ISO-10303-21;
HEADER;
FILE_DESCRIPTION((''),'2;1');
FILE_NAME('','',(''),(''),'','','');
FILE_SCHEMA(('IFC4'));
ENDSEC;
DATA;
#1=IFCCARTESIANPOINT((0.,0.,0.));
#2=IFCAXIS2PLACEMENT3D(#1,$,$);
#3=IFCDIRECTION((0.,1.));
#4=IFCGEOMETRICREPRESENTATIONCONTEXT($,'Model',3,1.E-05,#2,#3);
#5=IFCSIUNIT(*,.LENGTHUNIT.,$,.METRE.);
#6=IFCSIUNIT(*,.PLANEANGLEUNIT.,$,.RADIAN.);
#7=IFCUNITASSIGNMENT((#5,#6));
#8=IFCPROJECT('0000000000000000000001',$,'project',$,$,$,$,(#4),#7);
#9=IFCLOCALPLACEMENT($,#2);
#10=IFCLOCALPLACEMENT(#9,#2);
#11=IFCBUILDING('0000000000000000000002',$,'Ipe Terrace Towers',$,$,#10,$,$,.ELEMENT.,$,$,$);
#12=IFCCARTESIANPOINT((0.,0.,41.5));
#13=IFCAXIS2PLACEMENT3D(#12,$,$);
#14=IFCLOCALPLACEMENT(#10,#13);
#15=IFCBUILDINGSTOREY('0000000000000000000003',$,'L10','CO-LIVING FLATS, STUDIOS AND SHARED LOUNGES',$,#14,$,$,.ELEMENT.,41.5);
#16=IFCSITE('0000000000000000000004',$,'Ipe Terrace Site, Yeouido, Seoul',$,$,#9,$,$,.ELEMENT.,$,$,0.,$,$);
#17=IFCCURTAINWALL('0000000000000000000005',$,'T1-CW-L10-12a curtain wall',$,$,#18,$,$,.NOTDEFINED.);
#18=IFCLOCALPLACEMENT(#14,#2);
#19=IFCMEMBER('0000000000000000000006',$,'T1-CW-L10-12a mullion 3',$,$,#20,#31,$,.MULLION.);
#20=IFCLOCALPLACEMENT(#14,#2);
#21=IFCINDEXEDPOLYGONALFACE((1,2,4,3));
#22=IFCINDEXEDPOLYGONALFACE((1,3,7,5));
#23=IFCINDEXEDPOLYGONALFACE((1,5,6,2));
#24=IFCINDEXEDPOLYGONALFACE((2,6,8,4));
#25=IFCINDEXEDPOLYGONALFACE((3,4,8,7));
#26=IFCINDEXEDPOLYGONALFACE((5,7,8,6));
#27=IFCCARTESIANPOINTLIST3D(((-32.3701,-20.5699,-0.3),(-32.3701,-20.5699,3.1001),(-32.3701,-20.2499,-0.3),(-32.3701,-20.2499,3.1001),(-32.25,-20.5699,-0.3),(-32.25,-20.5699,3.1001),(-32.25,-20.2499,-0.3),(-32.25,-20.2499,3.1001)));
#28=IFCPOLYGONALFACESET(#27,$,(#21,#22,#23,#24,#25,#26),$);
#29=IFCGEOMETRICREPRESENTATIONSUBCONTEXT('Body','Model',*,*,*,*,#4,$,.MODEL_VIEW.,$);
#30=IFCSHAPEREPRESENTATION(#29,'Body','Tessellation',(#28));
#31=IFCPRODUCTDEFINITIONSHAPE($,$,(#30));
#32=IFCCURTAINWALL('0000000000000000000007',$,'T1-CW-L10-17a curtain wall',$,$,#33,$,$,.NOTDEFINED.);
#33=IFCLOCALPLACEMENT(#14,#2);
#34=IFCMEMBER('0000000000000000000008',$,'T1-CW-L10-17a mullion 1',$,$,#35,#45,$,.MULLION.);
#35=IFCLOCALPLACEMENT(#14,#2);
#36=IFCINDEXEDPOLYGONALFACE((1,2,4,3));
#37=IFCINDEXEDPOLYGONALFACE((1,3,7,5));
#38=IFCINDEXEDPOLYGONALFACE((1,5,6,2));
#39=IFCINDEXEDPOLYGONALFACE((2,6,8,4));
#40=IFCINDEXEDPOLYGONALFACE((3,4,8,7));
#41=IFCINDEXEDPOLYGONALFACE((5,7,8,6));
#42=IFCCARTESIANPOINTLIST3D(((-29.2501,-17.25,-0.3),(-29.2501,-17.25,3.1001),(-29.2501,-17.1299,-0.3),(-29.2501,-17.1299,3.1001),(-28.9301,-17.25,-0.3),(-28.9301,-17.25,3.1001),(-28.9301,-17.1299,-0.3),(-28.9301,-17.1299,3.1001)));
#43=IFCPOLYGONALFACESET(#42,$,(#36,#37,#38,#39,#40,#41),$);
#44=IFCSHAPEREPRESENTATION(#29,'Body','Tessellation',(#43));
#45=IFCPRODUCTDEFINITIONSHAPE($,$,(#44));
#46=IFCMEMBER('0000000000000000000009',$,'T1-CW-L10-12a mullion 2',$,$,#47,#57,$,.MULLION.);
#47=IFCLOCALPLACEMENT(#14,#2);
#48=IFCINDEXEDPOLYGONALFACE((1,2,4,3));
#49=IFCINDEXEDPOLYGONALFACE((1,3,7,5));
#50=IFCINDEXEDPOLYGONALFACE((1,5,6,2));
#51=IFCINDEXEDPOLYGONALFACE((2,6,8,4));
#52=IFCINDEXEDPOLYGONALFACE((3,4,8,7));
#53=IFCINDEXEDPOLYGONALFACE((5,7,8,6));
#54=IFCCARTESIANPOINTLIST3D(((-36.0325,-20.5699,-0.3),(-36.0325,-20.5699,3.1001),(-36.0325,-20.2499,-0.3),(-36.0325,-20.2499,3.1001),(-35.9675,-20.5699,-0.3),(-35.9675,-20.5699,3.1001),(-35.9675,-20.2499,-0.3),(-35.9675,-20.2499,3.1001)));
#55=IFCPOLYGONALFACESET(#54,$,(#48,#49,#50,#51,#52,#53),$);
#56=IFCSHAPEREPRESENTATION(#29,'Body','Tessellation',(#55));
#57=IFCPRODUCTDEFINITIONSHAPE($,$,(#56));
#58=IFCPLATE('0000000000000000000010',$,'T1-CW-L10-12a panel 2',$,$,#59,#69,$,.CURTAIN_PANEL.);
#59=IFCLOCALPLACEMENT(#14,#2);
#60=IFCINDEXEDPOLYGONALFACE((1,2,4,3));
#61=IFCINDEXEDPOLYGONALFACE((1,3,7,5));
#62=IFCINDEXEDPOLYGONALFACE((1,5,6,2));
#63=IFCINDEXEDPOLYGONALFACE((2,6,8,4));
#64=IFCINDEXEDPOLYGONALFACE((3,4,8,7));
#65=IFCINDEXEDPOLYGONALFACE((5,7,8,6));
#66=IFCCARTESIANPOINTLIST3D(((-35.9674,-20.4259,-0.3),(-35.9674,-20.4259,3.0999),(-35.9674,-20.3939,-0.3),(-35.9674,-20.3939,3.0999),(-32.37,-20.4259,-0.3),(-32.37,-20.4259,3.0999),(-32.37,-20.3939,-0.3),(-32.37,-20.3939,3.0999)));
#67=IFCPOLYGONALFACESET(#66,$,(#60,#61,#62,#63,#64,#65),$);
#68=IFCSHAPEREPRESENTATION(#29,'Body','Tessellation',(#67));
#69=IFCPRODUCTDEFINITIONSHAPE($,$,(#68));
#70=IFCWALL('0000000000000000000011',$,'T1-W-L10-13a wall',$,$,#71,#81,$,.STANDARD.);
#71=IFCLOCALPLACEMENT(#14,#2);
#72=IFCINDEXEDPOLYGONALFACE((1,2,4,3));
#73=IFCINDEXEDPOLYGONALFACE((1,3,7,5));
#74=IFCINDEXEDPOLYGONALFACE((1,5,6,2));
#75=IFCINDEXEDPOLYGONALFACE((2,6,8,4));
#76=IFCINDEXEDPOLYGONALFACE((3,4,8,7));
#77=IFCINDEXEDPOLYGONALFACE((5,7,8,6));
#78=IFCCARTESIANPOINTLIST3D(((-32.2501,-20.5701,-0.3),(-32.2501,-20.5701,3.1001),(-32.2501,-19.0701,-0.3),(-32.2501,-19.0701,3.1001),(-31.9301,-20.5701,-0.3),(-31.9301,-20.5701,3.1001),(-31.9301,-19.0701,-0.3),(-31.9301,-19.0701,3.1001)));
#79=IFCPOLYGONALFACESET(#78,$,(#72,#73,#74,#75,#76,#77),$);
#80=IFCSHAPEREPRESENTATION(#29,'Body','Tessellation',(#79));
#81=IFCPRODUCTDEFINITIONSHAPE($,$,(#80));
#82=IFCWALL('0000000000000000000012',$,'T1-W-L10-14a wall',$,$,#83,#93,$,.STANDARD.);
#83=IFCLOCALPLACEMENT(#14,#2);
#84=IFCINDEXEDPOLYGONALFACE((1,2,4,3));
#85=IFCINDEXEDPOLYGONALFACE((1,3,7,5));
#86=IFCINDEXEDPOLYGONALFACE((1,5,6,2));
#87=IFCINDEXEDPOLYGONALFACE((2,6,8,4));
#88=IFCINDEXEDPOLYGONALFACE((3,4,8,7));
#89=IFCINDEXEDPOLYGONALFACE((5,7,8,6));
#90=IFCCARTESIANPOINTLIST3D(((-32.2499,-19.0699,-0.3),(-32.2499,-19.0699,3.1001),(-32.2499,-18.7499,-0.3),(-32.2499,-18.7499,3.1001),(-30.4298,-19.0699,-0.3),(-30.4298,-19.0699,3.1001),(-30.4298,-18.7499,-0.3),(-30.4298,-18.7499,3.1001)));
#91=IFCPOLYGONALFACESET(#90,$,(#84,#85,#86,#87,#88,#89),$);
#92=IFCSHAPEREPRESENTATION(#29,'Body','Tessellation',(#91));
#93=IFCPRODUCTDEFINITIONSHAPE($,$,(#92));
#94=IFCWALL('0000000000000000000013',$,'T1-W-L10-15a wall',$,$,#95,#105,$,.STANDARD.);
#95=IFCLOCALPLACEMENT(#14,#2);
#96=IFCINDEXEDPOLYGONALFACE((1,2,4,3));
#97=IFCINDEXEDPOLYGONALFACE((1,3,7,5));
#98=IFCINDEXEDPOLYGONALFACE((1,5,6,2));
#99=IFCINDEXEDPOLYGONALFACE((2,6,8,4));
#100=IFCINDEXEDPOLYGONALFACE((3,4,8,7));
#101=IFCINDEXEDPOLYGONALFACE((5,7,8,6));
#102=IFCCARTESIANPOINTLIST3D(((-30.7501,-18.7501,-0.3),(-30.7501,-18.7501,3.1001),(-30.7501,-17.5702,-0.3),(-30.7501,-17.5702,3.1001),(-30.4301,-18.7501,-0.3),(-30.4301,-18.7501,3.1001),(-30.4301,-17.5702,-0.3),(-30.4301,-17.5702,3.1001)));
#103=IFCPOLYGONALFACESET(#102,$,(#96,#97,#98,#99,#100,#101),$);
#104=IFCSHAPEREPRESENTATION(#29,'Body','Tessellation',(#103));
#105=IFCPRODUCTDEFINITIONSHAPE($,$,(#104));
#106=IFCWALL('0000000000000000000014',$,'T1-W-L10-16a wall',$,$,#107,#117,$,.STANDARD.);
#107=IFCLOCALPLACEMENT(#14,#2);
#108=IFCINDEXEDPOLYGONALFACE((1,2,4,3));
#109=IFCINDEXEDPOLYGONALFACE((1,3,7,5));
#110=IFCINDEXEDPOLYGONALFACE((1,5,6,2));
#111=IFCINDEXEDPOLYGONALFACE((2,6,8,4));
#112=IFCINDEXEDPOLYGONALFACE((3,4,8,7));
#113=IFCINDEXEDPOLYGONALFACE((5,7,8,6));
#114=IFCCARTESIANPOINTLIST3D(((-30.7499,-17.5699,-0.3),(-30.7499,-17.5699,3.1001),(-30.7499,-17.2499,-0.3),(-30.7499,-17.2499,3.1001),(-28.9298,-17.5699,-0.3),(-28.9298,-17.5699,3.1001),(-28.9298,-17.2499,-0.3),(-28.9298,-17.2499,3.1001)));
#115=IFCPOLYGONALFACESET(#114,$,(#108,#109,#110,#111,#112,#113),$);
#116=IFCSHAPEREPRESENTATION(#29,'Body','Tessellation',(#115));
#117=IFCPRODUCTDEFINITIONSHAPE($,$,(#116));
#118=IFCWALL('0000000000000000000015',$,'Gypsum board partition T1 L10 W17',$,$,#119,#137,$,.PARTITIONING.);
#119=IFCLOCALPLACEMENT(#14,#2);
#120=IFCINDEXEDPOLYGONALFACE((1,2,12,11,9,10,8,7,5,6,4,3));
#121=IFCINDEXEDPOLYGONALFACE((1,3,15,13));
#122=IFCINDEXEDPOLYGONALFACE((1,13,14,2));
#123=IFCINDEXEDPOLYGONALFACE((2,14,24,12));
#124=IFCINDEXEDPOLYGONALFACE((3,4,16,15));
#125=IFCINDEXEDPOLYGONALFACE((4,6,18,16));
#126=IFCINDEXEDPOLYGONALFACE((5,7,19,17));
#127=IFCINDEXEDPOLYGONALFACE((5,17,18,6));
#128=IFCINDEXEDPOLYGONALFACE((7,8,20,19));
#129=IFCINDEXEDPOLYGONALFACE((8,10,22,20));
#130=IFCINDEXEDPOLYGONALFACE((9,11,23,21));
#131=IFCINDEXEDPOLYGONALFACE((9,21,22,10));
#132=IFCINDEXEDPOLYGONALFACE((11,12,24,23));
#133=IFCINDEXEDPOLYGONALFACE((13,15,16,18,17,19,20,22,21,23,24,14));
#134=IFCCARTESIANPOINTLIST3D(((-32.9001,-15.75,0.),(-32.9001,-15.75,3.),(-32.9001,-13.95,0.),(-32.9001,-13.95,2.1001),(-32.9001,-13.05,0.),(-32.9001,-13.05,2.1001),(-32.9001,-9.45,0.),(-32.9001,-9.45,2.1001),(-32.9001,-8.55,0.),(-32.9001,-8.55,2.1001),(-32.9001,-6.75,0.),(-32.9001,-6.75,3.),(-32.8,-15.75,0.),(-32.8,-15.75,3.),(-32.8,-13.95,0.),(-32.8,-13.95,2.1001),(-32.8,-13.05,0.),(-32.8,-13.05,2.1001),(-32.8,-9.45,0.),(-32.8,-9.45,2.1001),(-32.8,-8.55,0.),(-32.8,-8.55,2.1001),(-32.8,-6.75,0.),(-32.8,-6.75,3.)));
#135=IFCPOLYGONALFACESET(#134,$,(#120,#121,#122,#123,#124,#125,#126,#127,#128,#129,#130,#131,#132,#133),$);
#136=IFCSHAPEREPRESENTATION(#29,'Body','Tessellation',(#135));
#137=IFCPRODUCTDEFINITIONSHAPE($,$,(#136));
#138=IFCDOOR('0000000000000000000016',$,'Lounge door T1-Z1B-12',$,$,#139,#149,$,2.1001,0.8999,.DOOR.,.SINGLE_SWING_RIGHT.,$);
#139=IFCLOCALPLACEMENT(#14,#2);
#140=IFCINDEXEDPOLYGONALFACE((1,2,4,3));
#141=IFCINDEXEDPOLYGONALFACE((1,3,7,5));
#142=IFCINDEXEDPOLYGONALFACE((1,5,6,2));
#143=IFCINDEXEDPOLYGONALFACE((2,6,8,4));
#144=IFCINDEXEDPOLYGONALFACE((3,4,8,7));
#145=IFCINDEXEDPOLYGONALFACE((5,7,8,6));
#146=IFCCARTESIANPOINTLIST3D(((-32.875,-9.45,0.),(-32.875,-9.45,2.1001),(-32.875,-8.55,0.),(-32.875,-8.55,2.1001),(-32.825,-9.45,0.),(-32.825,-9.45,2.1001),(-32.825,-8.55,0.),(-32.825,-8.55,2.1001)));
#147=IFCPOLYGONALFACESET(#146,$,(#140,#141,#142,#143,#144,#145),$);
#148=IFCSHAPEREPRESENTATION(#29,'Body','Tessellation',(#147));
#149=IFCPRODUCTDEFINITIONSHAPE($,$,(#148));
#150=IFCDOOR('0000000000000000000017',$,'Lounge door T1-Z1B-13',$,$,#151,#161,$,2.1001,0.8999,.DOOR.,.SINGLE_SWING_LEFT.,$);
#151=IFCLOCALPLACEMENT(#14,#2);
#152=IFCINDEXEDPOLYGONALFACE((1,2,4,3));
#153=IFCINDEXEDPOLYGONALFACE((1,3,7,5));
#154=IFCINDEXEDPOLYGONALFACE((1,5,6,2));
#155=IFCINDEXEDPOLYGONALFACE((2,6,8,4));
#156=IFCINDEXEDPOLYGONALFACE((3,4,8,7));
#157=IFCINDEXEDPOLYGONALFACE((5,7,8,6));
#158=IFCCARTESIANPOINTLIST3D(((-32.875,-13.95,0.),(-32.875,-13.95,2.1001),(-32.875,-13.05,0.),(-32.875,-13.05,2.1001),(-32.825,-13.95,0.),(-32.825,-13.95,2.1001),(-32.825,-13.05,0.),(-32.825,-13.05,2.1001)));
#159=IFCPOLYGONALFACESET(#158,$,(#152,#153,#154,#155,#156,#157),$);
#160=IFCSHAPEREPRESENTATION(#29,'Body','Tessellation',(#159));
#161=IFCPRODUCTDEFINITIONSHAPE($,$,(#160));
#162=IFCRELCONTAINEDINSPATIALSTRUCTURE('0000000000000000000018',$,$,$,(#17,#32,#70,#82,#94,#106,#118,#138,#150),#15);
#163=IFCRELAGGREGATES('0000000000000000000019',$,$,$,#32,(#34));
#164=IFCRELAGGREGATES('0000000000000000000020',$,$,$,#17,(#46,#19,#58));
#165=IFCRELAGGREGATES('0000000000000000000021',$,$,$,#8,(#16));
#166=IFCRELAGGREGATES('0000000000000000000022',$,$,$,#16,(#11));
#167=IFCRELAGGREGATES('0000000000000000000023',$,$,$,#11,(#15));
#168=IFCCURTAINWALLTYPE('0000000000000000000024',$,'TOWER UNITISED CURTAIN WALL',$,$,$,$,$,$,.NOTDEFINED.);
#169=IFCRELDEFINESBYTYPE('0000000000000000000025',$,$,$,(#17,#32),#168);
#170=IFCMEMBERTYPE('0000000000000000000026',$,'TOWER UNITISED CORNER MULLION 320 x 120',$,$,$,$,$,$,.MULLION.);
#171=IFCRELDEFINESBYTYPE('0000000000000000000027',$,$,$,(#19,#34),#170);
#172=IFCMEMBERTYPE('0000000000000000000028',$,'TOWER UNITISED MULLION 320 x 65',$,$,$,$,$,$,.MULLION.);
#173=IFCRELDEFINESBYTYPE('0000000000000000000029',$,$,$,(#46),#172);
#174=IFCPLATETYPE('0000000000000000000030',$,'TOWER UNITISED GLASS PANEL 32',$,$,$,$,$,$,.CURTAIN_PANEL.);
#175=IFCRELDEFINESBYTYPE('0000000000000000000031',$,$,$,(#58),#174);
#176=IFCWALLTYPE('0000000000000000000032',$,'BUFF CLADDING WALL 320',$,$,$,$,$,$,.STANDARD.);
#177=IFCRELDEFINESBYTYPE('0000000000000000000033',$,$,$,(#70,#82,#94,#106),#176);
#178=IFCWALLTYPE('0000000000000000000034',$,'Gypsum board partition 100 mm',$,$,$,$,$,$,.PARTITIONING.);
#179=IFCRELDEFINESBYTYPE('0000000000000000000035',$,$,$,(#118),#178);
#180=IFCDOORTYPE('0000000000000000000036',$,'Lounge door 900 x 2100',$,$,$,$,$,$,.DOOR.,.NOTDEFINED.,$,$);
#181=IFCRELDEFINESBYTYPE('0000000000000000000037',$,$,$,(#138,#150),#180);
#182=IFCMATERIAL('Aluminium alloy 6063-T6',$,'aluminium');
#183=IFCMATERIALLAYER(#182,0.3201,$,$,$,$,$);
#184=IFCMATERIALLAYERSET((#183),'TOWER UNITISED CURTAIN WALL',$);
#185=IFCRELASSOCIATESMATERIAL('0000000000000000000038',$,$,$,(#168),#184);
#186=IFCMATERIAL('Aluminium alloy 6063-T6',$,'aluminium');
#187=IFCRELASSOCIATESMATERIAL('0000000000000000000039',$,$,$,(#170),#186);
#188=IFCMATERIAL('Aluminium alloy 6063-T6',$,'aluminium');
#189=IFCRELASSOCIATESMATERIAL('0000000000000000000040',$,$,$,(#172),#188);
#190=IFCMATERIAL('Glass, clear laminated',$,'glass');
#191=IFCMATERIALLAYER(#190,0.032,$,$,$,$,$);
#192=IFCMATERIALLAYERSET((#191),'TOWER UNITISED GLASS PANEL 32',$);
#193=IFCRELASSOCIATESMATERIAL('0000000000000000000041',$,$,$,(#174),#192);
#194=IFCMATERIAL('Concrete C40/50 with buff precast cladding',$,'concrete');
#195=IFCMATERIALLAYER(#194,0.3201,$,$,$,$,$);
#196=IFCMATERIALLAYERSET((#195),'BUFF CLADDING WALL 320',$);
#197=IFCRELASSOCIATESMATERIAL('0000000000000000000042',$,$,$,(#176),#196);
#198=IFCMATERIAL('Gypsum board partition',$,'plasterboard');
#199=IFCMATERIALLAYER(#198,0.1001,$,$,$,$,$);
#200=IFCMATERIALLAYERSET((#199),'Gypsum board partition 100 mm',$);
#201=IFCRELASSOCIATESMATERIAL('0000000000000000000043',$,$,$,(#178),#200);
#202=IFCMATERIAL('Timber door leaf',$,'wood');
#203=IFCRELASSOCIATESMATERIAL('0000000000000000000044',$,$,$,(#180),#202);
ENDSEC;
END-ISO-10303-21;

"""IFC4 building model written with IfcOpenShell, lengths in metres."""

from ifc_helpers import new_model, si_unit, direction, frame, frame_2d, origin, origin_2d, place, context, subcontext, project, spatial, rectangle, extrude, material, layer, layer_set, material_profile, profile_set, type_object, element, fill, aggregate, save


model = new_model("IFC4")

# Units and contexts
model_context = context("Model", 3, precision=1e-05, world=origin(), true_north=direction((0.0, 1.0)))
body_context = subcontext(model_context, "Body", "Model", "MODEL_VIEW")
ifc_project = project(units=[si_unit("LENGTHUNIT", "METRE"), si_unit("PLANEANGLEUNIT", "RADIAN")], contexts=[model_context])

# Site, building, storey
site_placement = place(None, origin())
site = spatial("IfcSite", under=ifc_project, at=site_placement, Name="Ipe Terrace Site, Yeouido, Seoul", CompositionType="ELEMENT", RefElevation=0.0)
building_placement = place(site_placement, origin())
building = spatial("IfcBuilding", under=site, at=building_placement, Name="Ipe Terrace Towers", CompositionType="ELEMENT")
storey_placement = place(building_placement, frame((0.0, 0.0, 41.5)))
storey = spatial("IfcBuildingStorey", under=building, at=storey_placement, Name="L10", Description="CO-LIVING FLATS, STUDIOS AND SHARED LOUNGES", CompositionType="ELEMENT", Elevation=41.5)

# Curtain walls, members
ifc_material_1 = material(Name="Aluminium alloy 6063-T6", Category="aluminium")
ifc_layer_1 = layer(ifc_material_1, 0.3201)
ifc_layer_set_1 = layer_set([ifc_layer_1], Name="TOWER UNITISED CURTAIN WALL")
curtain_wall_type = type_object("IfcCurtainWallType", Name="TOWER UNITISED CURTAIN WALL", PredefinedType="NOTDEFINED", material=ifc_layer_set_1)
curtain_wall_1_placement = place(storey_placement, origin())
curtain_wall_1 = element("IfcCurtainWall", 1, at=curtain_wall_1_placement, inside=storey, type_object=curtain_wall_type, Name="T1-CW-L10-12a curtain wall", PredefinedType="NOTDEFINED")
ifc_material_2 = material(Name="Aluminium alloy 6063-T6", Category="aluminium")
ifc_material_profile_1 = material_profile(ifc_material_2, rectangle(XDim=0.3201, YDim=0.1201, at=origin_2d()), Name="TOWER UNITISED CORNER MULLION 320 x 120")
ifc_profile_set_1 = profile_set([ifc_material_profile_1], Name="Aluminium alloy 6063-T6")
member_type_1 = type_object("IfcMemberType", Name="TOWER UNITISED CORNER MULLION 320 x 120", PredefinedType="MULLION", material=ifc_profile_set_1)
member_1_placement = place(storey_placement, frame((-32.3101, -20.4099, -0.3), z_axis=(0.0, 0.0, 1.0), x_axis=(0.0, -1.0, 0.0)))
member_1 = element("IfcMember", 2, at=member_1_placement, type_object=member_type_1, Name="T1-CW-L10-12a mullion 3", PredefinedType="MULLION", context=body_context, shape_type="SweptSolid", body=[
    extrude(rectangle(XDim=0.3201, YDim=0.1201, at=origin_2d()), origin(), (0.0, 0.0, 1.0), 3.4001),
])
curtain_wall_2_placement = place(storey_placement, origin())
curtain_wall_2 = element("IfcCurtainWall", 3, at=curtain_wall_2_placement, inside=storey, type_object=curtain_wall_type, Name="T1-CW-L10-17a curtain wall", PredefinedType="NOTDEFINED")
member_2_placement = place(storey_placement, frame((-29.0901, -17.1899, -0.3), z_axis=(0.0, 0.0, 1.0), x_axis=(1.0, 0.0, 0.0)))
member_2 = element("IfcMember", 4, at=member_2_placement, type_object=member_type_1, Name="T1-CW-L10-17a mullion 1", PredefinedType="MULLION", context=body_context, shape_type="SweptSolid", body=[
    extrude(rectangle(XDim=0.3201, YDim=0.1201, at=origin_2d()), origin(), (0.0, 0.0, 1.0), 3.4001),
])
aggregate(curtain_wall_2, [member_2])

# Member
ifc_material_3 = material(Name="Aluminium alloy 6063-T6", Category="aluminium")
ifc_material_profile_2 = material_profile(ifc_material_3, rectangle(XDim=0.3201, YDim=0.0649, at=origin_2d()), Name="TOWER UNITISED MULLION 320 x 65")
ifc_profile_set_2 = profile_set([ifc_material_profile_2], Name="Aluminium alloy 6063-T6")
member_type_2 = type_object("IfcMemberType", Name="TOWER UNITISED MULLION 320 x 65", PredefinedType="MULLION", material=ifc_profile_set_2)
member_3_placement = place(storey_placement, frame((-36.0, -20.4099, -0.3), z_axis=(0.0, 0.0, 1.0), x_axis=(0.0, -1.0, 0.0)))
member_3 = element("IfcMember", 5, at=member_3_placement, type_object=member_type_2, Name="T1-CW-L10-12a mullion 2", PredefinedType="MULLION", context=body_context, shape_type="SweptSolid", body=[
    extrude(rectangle(XDim=0.3201, YDim=0.0649, at=origin_2d()), origin(), (0.0, 0.0, 1.0), 3.4001),
])

# Plate
ifc_material_4 = material(Name="Glass, clear laminated", Category="glass")
ifc_layer_2 = layer(ifc_material_4, 0.032)
ifc_layer_set_2 = layer_set([ifc_layer_2], Name="TOWER UNITISED GLASS PANEL 32")
plate_type = type_object("IfcPlateType", Name="TOWER UNITISED GLASS PANEL 32", PredefinedType="CURTAIN_PANEL", material=ifc_layer_set_2)
plate_placement = place(storey_placement, frame((-34.1687, -20.4099, -0.3), z_axis=(0.0, 0.0, 1.0), x_axis=(1.0, 0.0, 0.0)))
plate = element("IfcPlate", 6, at=plate_placement, type_object=plate_type, Name="T1-CW-L10-12a panel 2", PredefinedType="CURTAIN_PANEL", context=body_context, shape_type="SweptSolid", body=[
    extrude(rectangle(XDim=3.5974, YDim=0.032, at=origin_2d()), origin(), (0.0, 0.0, 1.0), 3.3999),
])
aggregate(curtain_wall_1, [member_3, member_1, plate])

# Walls
ifc_material_5 = material(Name="Concrete C40/50 with buff precast cladding", Category="concrete")
ifc_layer_3 = layer(ifc_material_5, 0.3201)
ifc_layer_set_3 = layer_set([ifc_layer_3], Name="BUFF CLADDING WALL 320")
wall_type_1 = type_object("IfcWallType", Name="BUFF CLADDING WALL 320", PredefinedType="STANDARD", material=ifc_layer_set_3)
wall_1_placement = place(storey_placement, frame((-32.0901, -20.5701, -0.3), z_axis=(0.0, 0.0, 1.0), x_axis=(0.0, 1.0, 0.0)))
element("IfcWall", 7, at=wall_1_placement, inside=storey, type_object=wall_type_1, Name="T1-W-L10-13a wall", PredefinedType="STANDARD", context=body_context, shape_type="SweptSolid", body=[
    extrude(rectangle(XDim=1.5, YDim=0.3201, at=frame_2d((0.75, 0.0))), origin(), (0.0, 0.0, 1.0), 3.4001),
])
wall_2_placement = place(storey_placement, frame((-32.25, -18.9099, -0.3), z_axis=(0.0, 0.0, 1.0), x_axis=(1.0, 0.0, 0.0)))
element("IfcWall", 8, at=wall_2_placement, inside=storey, type_object=wall_type_1, Name="T1-W-L10-14a wall", PredefinedType="STANDARD", context=body_context, shape_type="SweptSolid", body=[
    extrude(rectangle(XDim=1.8201, YDim=0.3201, at=frame_2d((0.9102, 0.0))), origin(), (0.0, 0.0, 1.0), 3.4001),
])
wall_3_placement = place(storey_placement, frame((-30.5901, -18.75, -0.3), z_axis=(0.0, 0.0, 1.0), x_axis=(0.0, 1.0, 0.0)))
element("IfcWall", 9, at=wall_3_placement, inside=storey, type_object=wall_type_1, Name="T1-W-L10-15a wall", PredefinedType="STANDARD", context=body_context, shape_type="SweptSolid", body=[
    extrude(rectangle(XDim=1.1799, YDim=0.3201, at=frame_2d((0.5898, 0.0))), origin(), (0.0, 0.0, 1.0), 3.4001),
])
wall_4_placement = place(storey_placement, frame((-30.75, -17.4099, -0.3), z_axis=(0.0, 0.0, 1.0), x_axis=(1.0, 0.0, 0.0)))
element("IfcWall", 10, at=wall_4_placement, inside=storey, type_object=wall_type_1, Name="T1-W-L10-16a wall", PredefinedType="STANDARD", context=body_context, shape_type="SweptSolid", body=[
    extrude(rectangle(XDim=1.8201, YDim=0.3201, at=frame_2d((0.9102, 0.0))), origin(), (0.0, 0.0, 1.0), 3.4001),
])

# Wall, openings, doors
ifc_material_6 = material(Name="Gypsum board partition", Category="plasterboard")
ifc_layer_4 = layer(ifc_material_6, 0.1001)
ifc_layer_set_4 = layer_set([ifc_layer_4], Name="Gypsum board partition 100 mm")
wall_type_2 = type_object("IfcWallType", Name="Gypsum board partition 100 mm", PredefinedType="PARTITIONING", material=ifc_layer_set_4)
wall_5_placement = place(storey_placement, frame((-32.8501, -15.75, 0.0), z_axis=(0.0, 0.0, 1.0), x_axis=(0.0, 1.0, 0.0)))
wall_5 = element("IfcWall", 11, at=wall_5_placement, inside=storey, type_object=wall_type_2, Name="Gypsum board partition T1 L10 W17", PredefinedType="PARTITIONING", context=body_context, shape_type="SweptSolid", body=[
    extrude(rectangle(XDim=9.0, YDim=0.1001, at=frame_2d((4.5, 0.0))), origin(), (0.0, 0.0, 1.0), 3.0),
])
opening_1_placement = place(wall_5_placement, frame((6.3, 0.0, 0.0)))
opening_1 = element("IfcOpeningElement", 12, at=opening_1_placement, cuts=wall_5, PredefinedType="OPENING", context=body_context, shape_type="SweptSolid", body=[
    extrude(rectangle(XDim=0.8999, YDim=2.1001, at=frame_2d((0.45, 1.05))), frame((0.0, 0.0601, 0.0), z_axis=(0.0, -1.0, 0.0), x_axis=(1.0, 0.0, 0.0)), (0.0, 0.0, 1.0), 0.1201),
])
opening_2_placement = place(wall_5_placement, frame((1.8, 0.0, 0.0)))
opening_2 = element("IfcOpeningElement", 13, at=opening_2_placement, cuts=wall_5, PredefinedType="OPENING", context=body_context, shape_type="SweptSolid", body=[
    extrude(rectangle(XDim=0.8999, YDim=2.1001, at=frame_2d((0.45, 1.05))), frame((0.0, 0.0601, 0.0), z_axis=(0.0, -1.0, 0.0), x_axis=(1.0, 0.0, 0.0)), (0.0, 0.0, 1.0), 0.1201),
])
ifc_material_7 = material(Name="Timber door leaf", Category="wood")
door_type_1 = type_object("IfcDoorType", Name="Lounge door 900 x 2100", OperationType="NOTDEFINED", PredefinedType="DOOR", material=ifc_material_7)
door_1_placement = place(opening_1_placement, origin())
door_1 = element("IfcDoor", 14, at=door_1_placement, inside=storey, type_object=door_type_1, Name="Lounge door T1-Z1B-12", OperationType="SINGLE_SWING_RIGHT", OverallHeight=2.1001, OverallWidth=0.8999, PredefinedType="DOOR", context=body_context, shape_type="SweptSolid", body=[
    extrude(rectangle(XDim=0.8999, YDim=2.1001, at=frame_2d((0.45, 1.05))), frame((0.0, 0.0249, 0.0), z_axis=(0.0, -1.0, 0.0), x_axis=(1.0, 0.0, 0.0)), (0.0, 0.0, 1.0), 0.05),
])
fill(opening_1, door_1)
door_2_placement = place(opening_2_placement, origin())
door_2 = element("IfcDoor", 15, at=door_2_placement, inside=storey, type_object=door_type_1, Name="Lounge door T1-Z1B-13", OperationType="SINGLE_SWING_LEFT", OverallHeight=2.1001, OverallWidth=0.8999, PredefinedType="DOOR", context=body_context, shape_type="SweptSolid", body=[
    extrude(rectangle(XDim=0.8999, YDim=2.1001, at=frame_2d((0.45, 1.05))), frame((0.0, 0.0249, 0.0), z_axis=(0.0, -1.0, 0.0), x_axis=(1.0, 0.0, 0.0)), (0.0, 0.0, 1.0), 0.05),
])
fill(opening_2, door_2)

save(model, "model.ifc")
